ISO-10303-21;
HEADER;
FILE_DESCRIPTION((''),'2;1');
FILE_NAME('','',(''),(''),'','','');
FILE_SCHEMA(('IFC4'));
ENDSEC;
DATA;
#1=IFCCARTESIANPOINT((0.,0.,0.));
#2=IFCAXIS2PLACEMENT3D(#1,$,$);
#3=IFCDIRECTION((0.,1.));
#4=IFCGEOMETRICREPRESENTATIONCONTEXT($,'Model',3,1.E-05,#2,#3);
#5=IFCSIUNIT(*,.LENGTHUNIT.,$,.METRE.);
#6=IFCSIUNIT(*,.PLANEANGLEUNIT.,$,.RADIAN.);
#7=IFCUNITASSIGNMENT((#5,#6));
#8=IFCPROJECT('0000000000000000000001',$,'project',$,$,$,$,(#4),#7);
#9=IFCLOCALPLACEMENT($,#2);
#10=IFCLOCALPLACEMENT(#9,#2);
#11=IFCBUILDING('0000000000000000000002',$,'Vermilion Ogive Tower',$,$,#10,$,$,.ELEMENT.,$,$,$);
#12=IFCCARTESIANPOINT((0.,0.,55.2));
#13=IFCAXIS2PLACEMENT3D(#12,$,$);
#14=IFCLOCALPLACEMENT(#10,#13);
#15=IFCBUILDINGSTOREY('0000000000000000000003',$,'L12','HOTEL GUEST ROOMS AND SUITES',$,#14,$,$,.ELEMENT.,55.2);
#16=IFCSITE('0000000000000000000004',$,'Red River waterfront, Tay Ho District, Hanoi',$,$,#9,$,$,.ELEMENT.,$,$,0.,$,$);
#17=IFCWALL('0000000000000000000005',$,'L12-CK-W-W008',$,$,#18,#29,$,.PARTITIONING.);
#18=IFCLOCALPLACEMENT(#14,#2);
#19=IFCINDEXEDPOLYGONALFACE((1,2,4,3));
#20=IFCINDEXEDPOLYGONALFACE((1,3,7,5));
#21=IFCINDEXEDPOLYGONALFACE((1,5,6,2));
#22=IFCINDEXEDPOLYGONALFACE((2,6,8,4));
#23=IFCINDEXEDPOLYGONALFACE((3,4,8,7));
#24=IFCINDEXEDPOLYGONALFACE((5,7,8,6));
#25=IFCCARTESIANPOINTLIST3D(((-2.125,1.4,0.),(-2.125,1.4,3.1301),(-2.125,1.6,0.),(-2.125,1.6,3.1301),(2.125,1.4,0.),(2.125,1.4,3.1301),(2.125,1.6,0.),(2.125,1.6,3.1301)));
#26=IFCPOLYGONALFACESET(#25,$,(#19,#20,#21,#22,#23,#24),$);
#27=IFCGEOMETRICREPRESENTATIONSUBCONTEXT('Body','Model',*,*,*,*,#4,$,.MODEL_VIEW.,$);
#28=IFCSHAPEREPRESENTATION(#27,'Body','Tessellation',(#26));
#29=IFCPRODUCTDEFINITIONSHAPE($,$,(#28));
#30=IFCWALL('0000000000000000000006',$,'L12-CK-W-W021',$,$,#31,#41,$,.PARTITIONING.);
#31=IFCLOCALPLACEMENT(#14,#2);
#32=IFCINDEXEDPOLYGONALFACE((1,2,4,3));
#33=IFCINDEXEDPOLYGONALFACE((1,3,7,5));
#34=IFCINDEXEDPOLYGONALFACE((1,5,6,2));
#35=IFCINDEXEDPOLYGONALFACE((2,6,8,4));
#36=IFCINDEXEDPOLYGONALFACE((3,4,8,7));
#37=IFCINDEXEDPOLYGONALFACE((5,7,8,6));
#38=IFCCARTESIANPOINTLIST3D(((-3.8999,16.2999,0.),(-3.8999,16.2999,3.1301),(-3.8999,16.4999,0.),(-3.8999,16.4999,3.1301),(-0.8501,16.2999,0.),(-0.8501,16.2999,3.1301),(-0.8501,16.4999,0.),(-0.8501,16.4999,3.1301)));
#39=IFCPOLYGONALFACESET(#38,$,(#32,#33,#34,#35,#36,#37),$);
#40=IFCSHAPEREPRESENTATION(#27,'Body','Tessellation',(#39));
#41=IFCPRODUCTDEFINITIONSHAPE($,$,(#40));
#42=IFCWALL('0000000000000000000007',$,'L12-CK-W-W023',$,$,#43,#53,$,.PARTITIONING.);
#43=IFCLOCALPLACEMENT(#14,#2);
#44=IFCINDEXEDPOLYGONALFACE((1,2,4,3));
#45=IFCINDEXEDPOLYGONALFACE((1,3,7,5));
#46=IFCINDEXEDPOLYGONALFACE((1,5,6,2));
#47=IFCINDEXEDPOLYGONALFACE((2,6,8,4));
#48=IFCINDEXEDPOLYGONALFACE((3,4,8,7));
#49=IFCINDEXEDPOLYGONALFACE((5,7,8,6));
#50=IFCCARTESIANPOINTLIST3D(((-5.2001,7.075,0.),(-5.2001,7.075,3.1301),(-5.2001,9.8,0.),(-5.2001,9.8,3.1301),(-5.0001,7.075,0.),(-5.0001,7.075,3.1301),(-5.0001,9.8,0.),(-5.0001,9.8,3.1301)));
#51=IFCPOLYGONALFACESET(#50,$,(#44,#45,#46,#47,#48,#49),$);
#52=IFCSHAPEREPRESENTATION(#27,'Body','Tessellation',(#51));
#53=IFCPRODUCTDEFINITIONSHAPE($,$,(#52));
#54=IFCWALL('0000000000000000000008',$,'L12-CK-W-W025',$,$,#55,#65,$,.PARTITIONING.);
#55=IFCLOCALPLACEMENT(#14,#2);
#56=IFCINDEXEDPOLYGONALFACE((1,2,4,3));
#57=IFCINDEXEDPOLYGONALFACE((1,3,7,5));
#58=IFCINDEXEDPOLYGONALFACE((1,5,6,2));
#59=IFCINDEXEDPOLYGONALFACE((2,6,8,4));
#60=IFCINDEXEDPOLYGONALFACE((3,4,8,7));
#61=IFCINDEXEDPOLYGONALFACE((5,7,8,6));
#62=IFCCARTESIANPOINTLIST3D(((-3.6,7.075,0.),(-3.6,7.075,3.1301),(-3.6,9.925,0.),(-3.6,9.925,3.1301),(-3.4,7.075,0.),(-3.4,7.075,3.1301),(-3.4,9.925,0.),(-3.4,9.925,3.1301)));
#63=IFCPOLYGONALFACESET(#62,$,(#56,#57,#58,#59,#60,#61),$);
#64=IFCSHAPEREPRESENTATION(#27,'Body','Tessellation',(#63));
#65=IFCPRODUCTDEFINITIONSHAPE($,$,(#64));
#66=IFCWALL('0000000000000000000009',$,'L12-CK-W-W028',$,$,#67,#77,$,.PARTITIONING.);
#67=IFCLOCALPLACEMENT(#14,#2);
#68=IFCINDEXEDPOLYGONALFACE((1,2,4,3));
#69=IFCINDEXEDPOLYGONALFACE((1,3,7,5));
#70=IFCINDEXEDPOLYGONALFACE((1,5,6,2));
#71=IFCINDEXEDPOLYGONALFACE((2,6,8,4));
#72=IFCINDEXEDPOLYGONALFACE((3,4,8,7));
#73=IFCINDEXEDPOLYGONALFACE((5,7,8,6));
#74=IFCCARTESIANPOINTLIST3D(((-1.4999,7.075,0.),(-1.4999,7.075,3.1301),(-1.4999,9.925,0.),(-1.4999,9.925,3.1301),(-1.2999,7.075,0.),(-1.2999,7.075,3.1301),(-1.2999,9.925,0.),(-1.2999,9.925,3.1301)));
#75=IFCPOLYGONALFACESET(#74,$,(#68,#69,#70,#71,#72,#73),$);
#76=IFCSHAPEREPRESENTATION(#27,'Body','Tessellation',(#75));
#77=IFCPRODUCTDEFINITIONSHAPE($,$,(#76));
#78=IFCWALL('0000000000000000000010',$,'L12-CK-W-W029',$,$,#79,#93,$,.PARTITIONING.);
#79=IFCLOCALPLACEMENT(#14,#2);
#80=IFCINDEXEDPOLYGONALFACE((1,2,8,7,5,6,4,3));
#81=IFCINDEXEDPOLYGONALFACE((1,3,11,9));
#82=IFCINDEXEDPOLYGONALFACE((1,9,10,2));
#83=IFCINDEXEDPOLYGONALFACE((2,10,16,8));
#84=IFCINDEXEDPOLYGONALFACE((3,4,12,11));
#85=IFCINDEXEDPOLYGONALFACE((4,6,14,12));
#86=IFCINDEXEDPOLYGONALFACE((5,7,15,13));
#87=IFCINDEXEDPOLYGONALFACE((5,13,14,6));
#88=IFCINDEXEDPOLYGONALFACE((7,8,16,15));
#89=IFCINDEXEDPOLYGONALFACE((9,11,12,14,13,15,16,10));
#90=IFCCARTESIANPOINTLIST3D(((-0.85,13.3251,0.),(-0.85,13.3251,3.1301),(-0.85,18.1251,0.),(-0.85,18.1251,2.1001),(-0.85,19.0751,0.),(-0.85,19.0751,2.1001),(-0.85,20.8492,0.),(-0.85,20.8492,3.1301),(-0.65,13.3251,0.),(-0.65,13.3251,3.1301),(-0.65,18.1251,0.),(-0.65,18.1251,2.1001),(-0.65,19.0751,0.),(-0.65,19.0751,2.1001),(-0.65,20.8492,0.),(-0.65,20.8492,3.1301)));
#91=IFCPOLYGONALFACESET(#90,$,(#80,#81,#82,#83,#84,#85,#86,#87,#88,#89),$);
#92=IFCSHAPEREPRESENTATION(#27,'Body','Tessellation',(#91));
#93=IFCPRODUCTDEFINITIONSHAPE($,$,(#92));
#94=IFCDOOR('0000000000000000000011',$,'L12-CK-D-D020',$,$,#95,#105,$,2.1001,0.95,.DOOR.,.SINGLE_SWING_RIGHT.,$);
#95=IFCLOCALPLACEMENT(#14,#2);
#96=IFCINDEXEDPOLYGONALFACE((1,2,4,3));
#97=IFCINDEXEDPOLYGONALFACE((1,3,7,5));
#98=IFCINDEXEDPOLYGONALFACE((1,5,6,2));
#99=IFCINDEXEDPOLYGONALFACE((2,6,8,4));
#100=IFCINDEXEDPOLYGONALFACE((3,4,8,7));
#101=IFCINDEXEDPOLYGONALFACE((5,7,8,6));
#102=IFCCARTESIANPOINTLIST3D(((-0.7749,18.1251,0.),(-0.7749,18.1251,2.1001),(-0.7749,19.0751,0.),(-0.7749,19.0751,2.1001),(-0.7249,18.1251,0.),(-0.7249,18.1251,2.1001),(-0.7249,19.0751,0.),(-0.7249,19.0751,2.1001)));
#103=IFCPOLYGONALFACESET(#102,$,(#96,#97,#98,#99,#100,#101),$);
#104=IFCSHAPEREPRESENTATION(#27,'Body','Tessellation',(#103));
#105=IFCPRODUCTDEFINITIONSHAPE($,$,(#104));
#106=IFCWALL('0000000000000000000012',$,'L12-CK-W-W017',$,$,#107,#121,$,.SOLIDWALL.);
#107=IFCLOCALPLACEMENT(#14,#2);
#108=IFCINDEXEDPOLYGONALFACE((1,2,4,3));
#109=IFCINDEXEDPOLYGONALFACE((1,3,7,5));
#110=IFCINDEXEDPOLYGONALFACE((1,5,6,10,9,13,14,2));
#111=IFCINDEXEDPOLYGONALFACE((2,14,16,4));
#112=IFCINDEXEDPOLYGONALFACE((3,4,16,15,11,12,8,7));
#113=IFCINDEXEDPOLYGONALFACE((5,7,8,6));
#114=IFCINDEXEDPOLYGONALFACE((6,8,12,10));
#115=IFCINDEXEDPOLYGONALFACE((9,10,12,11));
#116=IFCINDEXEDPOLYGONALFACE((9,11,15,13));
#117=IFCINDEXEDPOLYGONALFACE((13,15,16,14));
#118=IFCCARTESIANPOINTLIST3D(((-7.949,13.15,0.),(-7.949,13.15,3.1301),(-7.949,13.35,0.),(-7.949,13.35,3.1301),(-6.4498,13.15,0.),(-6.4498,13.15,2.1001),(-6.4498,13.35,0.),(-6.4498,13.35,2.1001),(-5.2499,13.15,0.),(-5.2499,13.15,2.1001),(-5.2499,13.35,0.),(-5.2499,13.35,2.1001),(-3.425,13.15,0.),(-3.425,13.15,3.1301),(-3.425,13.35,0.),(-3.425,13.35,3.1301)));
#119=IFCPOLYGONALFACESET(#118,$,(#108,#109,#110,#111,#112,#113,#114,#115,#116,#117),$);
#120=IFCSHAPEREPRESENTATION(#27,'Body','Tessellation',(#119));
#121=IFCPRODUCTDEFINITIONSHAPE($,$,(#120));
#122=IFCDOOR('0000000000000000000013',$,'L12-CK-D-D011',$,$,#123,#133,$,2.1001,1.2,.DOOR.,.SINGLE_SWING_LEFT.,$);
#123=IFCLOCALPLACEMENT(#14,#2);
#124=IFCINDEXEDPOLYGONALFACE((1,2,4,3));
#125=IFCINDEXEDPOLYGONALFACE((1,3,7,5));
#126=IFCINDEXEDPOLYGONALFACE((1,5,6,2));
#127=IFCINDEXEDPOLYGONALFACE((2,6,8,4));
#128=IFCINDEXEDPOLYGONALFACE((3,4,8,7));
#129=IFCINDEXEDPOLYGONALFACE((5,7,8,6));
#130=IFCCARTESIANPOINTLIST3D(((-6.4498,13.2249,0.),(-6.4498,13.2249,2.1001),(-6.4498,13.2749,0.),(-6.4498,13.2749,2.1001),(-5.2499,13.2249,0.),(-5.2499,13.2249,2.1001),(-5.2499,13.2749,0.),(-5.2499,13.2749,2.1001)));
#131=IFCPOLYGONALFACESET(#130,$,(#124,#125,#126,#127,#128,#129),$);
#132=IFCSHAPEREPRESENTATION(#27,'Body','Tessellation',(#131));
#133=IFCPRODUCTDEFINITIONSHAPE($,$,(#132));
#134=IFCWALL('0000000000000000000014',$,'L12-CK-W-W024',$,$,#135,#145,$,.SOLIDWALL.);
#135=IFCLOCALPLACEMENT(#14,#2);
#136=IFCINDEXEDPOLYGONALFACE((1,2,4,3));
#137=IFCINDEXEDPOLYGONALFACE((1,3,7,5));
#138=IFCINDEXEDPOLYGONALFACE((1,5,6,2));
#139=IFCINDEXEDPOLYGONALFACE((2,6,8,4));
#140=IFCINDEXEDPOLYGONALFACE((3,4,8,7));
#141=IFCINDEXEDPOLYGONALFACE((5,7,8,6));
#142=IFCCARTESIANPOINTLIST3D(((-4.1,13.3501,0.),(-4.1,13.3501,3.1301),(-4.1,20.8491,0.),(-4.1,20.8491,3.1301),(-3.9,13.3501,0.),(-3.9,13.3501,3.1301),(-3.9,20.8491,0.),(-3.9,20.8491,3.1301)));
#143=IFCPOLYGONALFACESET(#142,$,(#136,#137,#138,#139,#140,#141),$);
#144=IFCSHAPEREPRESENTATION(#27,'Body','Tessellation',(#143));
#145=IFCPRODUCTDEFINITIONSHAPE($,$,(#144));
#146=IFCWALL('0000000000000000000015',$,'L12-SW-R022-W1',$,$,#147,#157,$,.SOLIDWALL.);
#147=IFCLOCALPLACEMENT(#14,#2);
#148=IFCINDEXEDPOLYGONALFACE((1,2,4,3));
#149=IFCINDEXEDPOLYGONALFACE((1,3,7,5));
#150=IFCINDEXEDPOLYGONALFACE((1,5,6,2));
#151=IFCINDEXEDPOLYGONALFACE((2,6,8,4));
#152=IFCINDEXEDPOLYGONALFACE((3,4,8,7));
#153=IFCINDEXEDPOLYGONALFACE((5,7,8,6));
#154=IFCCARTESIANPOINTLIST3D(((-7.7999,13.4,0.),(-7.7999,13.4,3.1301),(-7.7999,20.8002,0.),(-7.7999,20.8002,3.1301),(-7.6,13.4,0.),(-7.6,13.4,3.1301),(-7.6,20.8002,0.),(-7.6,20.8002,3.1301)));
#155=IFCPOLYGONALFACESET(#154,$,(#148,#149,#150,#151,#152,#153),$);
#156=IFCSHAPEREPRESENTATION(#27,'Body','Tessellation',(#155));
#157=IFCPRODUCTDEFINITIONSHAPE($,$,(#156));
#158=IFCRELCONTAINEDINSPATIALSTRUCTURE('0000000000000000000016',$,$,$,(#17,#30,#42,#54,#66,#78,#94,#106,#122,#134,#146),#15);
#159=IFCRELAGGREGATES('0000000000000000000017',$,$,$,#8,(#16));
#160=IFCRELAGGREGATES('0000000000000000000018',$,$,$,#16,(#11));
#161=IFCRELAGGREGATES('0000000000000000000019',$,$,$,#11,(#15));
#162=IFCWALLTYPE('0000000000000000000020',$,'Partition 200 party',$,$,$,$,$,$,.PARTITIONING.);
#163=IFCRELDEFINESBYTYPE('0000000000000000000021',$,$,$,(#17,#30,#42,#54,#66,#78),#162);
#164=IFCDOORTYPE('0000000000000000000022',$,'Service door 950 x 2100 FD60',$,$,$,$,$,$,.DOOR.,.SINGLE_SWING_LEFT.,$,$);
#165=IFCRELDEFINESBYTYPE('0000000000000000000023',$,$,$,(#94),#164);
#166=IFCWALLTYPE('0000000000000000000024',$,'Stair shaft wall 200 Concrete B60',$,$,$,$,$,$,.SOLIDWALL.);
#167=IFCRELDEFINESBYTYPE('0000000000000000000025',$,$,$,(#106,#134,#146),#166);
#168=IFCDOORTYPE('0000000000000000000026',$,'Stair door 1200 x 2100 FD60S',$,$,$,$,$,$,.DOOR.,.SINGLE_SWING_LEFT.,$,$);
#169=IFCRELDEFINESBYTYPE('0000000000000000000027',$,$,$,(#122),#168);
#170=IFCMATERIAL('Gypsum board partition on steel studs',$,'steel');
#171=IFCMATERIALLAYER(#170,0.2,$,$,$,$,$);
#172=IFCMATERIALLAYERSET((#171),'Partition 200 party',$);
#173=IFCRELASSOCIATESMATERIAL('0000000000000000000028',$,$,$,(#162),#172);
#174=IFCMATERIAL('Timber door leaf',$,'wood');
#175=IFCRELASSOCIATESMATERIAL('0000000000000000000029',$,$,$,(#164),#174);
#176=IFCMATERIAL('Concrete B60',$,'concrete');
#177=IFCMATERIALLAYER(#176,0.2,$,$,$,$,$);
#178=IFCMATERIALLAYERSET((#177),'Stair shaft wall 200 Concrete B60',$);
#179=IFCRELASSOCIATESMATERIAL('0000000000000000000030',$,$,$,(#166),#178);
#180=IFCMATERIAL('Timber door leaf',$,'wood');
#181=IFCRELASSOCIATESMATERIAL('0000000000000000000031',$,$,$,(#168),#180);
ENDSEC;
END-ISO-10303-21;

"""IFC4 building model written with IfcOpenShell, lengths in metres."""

from ifc_helpers import new_model, si_unit, direction, frame, frame_2d, origin, place, context, subcontext, project, spatial, rectangle, extrude, material, layer, layer_set, type_object, element, fill, save


model = new_model("IFC4")

# Units and contexts
model_context = context("Model", 3, precision=1e-05, world=origin(), true_north=direction((0.0, 1.0)))
body_context = subcontext(model_context, "Body", "Model", "MODEL_VIEW")
ifc_project = project(units=[si_unit("LENGTHUNIT", "METRE"), si_unit("PLANEANGLEUNIT", "RADIAN")], contexts=[model_context])

# Site, building, storey
site_placement = place(None, origin())
site = spatial("IfcSite", under=ifc_project, at=site_placement, Name="Red River waterfront, Tay Ho District, Hanoi", CompositionType="ELEMENT", RefElevation=0.0)
building_placement = place(site_placement, origin())
building = spatial("IfcBuilding", under=site, at=building_placement, Name="Vermilion Ogive Tower", CompositionType="ELEMENT")
storey_placement = place(building_placement, frame((0.0, 0.0, 55.2)))
storey = spatial("IfcBuildingStorey", under=building, at=storey_placement, Name="L12", Description="HOTEL GUEST ROOMS AND SUITES", CompositionType="ELEMENT", Elevation=55.2)

# Walls
ifc_material_1 = material(Name="Gypsum board partition on steel studs", Category="steel")
ifc_layer_1 = layer(ifc_material_1, 0.2)
ifc_layer_set_1 = layer_set([ifc_layer_1], Name="Partition 200 party")
wall_type_1 = type_object("IfcWallType", Name="Partition 200 party", PredefinedType="PARTITIONING", material=ifc_layer_set_1)
wall_1_placement = place(storey_placement, frame((-2.125, 1.5, 0.0), z_axis=(0.0, 0.0, 1.0), x_axis=(1.0, 0.0, 0.0)))
element("IfcWall", 1, at=wall_1_placement, inside=storey, type_object=wall_type_1, Name="L12-CK-W-W008", PredefinedType="PARTITIONING", context=body_context, shape_type="SweptSolid", body=[
    extrude(rectangle(XDim=4.25, YDim=0.2, at=frame_2d((2.125, 0.0))), origin(), (0.0, 0.0, 1.0), 3.1301),
])
wall_2_placement = place(storey_placement, frame((-3.8999, 16.3999, 0.0), z_axis=(0.0, 0.0, 1.0), x_axis=(1.0, 0.0, 0.0)))
element("IfcWall", 2, at=wall_2_placement, inside=storey, type_object=wall_type_1, Name="L12-CK-W-W021", PredefinedType="PARTITIONING", context=body_context, shape_type="SweptSolid", body=[
    extrude(rectangle(XDim=3.0498, YDim=0.2, at=frame_2d((1.5249, 0.0))), origin(), (0.0, 0.0, 1.0), 3.1301),
])
wall_3_placement = place(storey_placement, frame((-5.1001, 7.075, 0.0), z_axis=(0.0, 0.0, 1.0), x_axis=(0.0, 1.0, 0.0)))
element("IfcWall", 3, at=wall_3_placement, inside=storey, type_object=wall_type_1, Name="L12-CK-W-W023", PredefinedType="PARTITIONING", context=body_context, shape_type="SweptSolid", body=[
    extrude(rectangle(XDim=2.7251, YDim=0.2, at=frame_2d((1.3625, 0.0))), origin(), (0.0, 0.0, 1.0), 3.1301),
])
for number, where, z_axis, x_axis, name in (
    (4, (-3.5, 7.075, 0.0), (0.0, 0.0, 1.0), (0.0, 1.0, 0.0), "L12-CK-W-W025"),
    (5, (-1.3999, 7.075, 0.0), (0.0, 0.0, 1.0), (0.0, 1.0, 0.0), "L12-CK-W-W028"),
):
    element("IfcWall", number, at=place(storey_placement, frame(where, z_axis=z_axis, x_axis=x_axis)), inside=storey, type_object=wall_type_1, Name=name, PredefinedType="PARTITIONING", context=body_context, shape_type="SweptSolid", body=[
        extrude(rectangle(XDim=2.8501, YDim=0.2, at=frame_2d((1.425, 0.0))), origin(), (0.0, 0.0, 1.0), 3.1301),
    ])

# Walls, openings, doors
wall_4_placement = place(storey_placement, frame((-0.75, 13.325, 0.0), z_axis=(0.0, 0.0, 1.0), x_axis=(0.0, 1.0, 0.0)))
wall_4 = element("IfcWall", 6, at=wall_4_placement, inside=storey, type_object=wall_type_1, Name="L12-CK-W-W029", PredefinedType="PARTITIONING", context=body_context, shape_type="SweptSolid", body=[
    extrude(rectangle(XDim=7.5242, YDim=0.2, at=frame_2d((3.7622, 0.0))), origin(), (0.0, 0.0, 1.0), 3.1301),
])
opening_1_placement = place(wall_4_placement, frame((4.8, 0.0, 0.0)))
opening_1 = element("IfcOpeningElement", 7, at=opening_1_placement, cuts=wall_4, PredefinedType="OPENING", context=body_context, shape_type="SweptSolid", body=[
    extrude(rectangle(XDim=0.95, YDim=2.1001, at=frame_2d((0.4751, 1.05))), frame((0.0, 0.1099, 0.0), z_axis=(0.0, -1.0, 0.0), x_axis=(1.0, 0.0, 0.0)), (0.0, 0.0, 1.0), 0.22),
])
ifc_material_2 = material(Name="Timber door leaf", Category="wood")
door_type_1 = type_object("IfcDoorType", Name="Service door 950 x 2100 FD60", OperationType="SINGLE_SWING_LEFT", PredefinedType="DOOR", material=ifc_material_2)
door_1_placement = place(opening_1_placement, origin())
door_1 = element("IfcDoor", 8, at=door_1_placement, inside=storey, type_object=door_type_1, Name="L12-CK-D-D020", OperationType="SINGLE_SWING_RIGHT", OverallHeight=2.1001, OverallWidth=0.95, PredefinedType="DOOR", context=body_context, shape_type="SweptSolid", body=[
    extrude(rectangle(XDim=0.95, YDim=2.1001, at=frame_2d((0.4751, 1.05))), frame((0.0, 0.0249, 0.0), z_axis=(0.0, -1.0, 0.0), x_axis=(1.0, 0.0, 0.0)), (0.0, 0.0, 1.0), 0.05),
])
fill(opening_1, door_1)
ifc_material_3 = material(Name="Concrete B60", Category="concrete")
ifc_layer_2 = layer(ifc_material_3, 0.2)
ifc_layer_set_2 = layer_set([ifc_layer_2], Name="Stair shaft wall 200 Concrete B60")
wall_type_2 = type_object("IfcWallType", Name="Stair shaft wall 200 Concrete B60", PredefinedType="SOLIDWALL", material=ifc_layer_set_2)
wall_5_placement = place(storey_placement, frame((-7.949, 13.25, 0.0), z_axis=(0.0, 0.0, 1.0), x_axis=(1.0, 0.0, 0.0)))
wall_5 = element("IfcWall", 9, at=wall_5_placement, inside=storey, type_object=wall_type_2, Name="L12-CK-W-W017", PredefinedType="SOLIDWALL", context=body_context, shape_type="SweptSolid", body=[
    extrude(rectangle(XDim=4.5239, YDim=0.2, at=frame_2d((2.262, 0.0))), origin(), (0.0, 0.0, 1.0), 3.1301),
])
opening_2_placement = place(wall_5_placement, frame((1.499, 0.0, 0.0)))
opening_2 = element("IfcOpeningElement", 10, at=opening_2_placement, cuts=wall_5, PredefinedType="OPENING", context=body_context, shape_type="SweptSolid", body=[
    extrude(rectangle(XDim=1.2, YDim=2.1001, at=frame_2d((0.6001, 1.05))), frame((0.0, 0.1099, 0.0), z_axis=(0.0, -1.0, 0.0), x_axis=(1.0, 0.0, 0.0)), (0.0, 0.0, 1.0), 0.22),
])
ifc_material_4 = material(Name="Timber door leaf", Category="wood")
door_type_2 = type_object("IfcDoorType", Name="Stair door 1200 x 2100 FD60S", OperationType="SINGLE_SWING_LEFT", PredefinedType="DOOR", material=ifc_material_4)
door_2_placement = place(opening_2_placement, origin())
door_2 = element("IfcDoor", 11, at=door_2_placement, inside=storey, type_object=door_type_2, Name="L12-CK-D-D011", OperationType="SINGLE_SWING_LEFT", OverallHeight=2.1001, OverallWidth=1.2, PredefinedType="DOOR", context=body_context, shape_type="SweptSolid", body=[
    extrude(rectangle(XDim=1.2, YDim=2.1001, at=frame_2d((0.6001, 1.05))), frame((0.0, 0.0249, 0.0), z_axis=(0.0, -1.0, 0.0), x_axis=(1.0, 0.0, 0.0)), (0.0, 0.0, 1.0), 0.05),
])
fill(opening_2, door_2)

# Walls
wall_6_placement = place(storey_placement, frame((-4.0, 13.3501, 0.0), z_axis=(0.0, 0.0, 1.0), x_axis=(0.0, 1.0, 0.0)))
element("IfcWall", 12, at=wall_6_placement, inside=storey, type_object=wall_type_2, Name="L12-CK-W-W024", PredefinedType="SOLIDWALL", context=body_context, shape_type="SweptSolid", body=[
    extrude(rectangle(XDim=7.499, YDim=0.2, at=frame_2d((3.7495, 0.0))), origin(), (0.0, 0.0, 1.0), 3.1301),
])
wall_7_placement = place(storey_placement, frame((-7.7, 13.3999, 0.0), z_axis=(0.0, 0.0, 1.0), x_axis=(0.0, 1.0, 0.0)))
element("IfcWall", 13, at=wall_7_placement, inside=storey, type_object=wall_type_2, Name="L12-SW-R022-W1", PredefinedType="SOLIDWALL", context=body_context, shape_type="SweptSolid", body=[
    extrude(rectangle(XDim=7.4001, YDim=0.2, at=frame_2d((3.7002, 0.0))), origin(), (0.0, 0.0, 1.0), 3.1301),
])

save(model, "model.ifc")
